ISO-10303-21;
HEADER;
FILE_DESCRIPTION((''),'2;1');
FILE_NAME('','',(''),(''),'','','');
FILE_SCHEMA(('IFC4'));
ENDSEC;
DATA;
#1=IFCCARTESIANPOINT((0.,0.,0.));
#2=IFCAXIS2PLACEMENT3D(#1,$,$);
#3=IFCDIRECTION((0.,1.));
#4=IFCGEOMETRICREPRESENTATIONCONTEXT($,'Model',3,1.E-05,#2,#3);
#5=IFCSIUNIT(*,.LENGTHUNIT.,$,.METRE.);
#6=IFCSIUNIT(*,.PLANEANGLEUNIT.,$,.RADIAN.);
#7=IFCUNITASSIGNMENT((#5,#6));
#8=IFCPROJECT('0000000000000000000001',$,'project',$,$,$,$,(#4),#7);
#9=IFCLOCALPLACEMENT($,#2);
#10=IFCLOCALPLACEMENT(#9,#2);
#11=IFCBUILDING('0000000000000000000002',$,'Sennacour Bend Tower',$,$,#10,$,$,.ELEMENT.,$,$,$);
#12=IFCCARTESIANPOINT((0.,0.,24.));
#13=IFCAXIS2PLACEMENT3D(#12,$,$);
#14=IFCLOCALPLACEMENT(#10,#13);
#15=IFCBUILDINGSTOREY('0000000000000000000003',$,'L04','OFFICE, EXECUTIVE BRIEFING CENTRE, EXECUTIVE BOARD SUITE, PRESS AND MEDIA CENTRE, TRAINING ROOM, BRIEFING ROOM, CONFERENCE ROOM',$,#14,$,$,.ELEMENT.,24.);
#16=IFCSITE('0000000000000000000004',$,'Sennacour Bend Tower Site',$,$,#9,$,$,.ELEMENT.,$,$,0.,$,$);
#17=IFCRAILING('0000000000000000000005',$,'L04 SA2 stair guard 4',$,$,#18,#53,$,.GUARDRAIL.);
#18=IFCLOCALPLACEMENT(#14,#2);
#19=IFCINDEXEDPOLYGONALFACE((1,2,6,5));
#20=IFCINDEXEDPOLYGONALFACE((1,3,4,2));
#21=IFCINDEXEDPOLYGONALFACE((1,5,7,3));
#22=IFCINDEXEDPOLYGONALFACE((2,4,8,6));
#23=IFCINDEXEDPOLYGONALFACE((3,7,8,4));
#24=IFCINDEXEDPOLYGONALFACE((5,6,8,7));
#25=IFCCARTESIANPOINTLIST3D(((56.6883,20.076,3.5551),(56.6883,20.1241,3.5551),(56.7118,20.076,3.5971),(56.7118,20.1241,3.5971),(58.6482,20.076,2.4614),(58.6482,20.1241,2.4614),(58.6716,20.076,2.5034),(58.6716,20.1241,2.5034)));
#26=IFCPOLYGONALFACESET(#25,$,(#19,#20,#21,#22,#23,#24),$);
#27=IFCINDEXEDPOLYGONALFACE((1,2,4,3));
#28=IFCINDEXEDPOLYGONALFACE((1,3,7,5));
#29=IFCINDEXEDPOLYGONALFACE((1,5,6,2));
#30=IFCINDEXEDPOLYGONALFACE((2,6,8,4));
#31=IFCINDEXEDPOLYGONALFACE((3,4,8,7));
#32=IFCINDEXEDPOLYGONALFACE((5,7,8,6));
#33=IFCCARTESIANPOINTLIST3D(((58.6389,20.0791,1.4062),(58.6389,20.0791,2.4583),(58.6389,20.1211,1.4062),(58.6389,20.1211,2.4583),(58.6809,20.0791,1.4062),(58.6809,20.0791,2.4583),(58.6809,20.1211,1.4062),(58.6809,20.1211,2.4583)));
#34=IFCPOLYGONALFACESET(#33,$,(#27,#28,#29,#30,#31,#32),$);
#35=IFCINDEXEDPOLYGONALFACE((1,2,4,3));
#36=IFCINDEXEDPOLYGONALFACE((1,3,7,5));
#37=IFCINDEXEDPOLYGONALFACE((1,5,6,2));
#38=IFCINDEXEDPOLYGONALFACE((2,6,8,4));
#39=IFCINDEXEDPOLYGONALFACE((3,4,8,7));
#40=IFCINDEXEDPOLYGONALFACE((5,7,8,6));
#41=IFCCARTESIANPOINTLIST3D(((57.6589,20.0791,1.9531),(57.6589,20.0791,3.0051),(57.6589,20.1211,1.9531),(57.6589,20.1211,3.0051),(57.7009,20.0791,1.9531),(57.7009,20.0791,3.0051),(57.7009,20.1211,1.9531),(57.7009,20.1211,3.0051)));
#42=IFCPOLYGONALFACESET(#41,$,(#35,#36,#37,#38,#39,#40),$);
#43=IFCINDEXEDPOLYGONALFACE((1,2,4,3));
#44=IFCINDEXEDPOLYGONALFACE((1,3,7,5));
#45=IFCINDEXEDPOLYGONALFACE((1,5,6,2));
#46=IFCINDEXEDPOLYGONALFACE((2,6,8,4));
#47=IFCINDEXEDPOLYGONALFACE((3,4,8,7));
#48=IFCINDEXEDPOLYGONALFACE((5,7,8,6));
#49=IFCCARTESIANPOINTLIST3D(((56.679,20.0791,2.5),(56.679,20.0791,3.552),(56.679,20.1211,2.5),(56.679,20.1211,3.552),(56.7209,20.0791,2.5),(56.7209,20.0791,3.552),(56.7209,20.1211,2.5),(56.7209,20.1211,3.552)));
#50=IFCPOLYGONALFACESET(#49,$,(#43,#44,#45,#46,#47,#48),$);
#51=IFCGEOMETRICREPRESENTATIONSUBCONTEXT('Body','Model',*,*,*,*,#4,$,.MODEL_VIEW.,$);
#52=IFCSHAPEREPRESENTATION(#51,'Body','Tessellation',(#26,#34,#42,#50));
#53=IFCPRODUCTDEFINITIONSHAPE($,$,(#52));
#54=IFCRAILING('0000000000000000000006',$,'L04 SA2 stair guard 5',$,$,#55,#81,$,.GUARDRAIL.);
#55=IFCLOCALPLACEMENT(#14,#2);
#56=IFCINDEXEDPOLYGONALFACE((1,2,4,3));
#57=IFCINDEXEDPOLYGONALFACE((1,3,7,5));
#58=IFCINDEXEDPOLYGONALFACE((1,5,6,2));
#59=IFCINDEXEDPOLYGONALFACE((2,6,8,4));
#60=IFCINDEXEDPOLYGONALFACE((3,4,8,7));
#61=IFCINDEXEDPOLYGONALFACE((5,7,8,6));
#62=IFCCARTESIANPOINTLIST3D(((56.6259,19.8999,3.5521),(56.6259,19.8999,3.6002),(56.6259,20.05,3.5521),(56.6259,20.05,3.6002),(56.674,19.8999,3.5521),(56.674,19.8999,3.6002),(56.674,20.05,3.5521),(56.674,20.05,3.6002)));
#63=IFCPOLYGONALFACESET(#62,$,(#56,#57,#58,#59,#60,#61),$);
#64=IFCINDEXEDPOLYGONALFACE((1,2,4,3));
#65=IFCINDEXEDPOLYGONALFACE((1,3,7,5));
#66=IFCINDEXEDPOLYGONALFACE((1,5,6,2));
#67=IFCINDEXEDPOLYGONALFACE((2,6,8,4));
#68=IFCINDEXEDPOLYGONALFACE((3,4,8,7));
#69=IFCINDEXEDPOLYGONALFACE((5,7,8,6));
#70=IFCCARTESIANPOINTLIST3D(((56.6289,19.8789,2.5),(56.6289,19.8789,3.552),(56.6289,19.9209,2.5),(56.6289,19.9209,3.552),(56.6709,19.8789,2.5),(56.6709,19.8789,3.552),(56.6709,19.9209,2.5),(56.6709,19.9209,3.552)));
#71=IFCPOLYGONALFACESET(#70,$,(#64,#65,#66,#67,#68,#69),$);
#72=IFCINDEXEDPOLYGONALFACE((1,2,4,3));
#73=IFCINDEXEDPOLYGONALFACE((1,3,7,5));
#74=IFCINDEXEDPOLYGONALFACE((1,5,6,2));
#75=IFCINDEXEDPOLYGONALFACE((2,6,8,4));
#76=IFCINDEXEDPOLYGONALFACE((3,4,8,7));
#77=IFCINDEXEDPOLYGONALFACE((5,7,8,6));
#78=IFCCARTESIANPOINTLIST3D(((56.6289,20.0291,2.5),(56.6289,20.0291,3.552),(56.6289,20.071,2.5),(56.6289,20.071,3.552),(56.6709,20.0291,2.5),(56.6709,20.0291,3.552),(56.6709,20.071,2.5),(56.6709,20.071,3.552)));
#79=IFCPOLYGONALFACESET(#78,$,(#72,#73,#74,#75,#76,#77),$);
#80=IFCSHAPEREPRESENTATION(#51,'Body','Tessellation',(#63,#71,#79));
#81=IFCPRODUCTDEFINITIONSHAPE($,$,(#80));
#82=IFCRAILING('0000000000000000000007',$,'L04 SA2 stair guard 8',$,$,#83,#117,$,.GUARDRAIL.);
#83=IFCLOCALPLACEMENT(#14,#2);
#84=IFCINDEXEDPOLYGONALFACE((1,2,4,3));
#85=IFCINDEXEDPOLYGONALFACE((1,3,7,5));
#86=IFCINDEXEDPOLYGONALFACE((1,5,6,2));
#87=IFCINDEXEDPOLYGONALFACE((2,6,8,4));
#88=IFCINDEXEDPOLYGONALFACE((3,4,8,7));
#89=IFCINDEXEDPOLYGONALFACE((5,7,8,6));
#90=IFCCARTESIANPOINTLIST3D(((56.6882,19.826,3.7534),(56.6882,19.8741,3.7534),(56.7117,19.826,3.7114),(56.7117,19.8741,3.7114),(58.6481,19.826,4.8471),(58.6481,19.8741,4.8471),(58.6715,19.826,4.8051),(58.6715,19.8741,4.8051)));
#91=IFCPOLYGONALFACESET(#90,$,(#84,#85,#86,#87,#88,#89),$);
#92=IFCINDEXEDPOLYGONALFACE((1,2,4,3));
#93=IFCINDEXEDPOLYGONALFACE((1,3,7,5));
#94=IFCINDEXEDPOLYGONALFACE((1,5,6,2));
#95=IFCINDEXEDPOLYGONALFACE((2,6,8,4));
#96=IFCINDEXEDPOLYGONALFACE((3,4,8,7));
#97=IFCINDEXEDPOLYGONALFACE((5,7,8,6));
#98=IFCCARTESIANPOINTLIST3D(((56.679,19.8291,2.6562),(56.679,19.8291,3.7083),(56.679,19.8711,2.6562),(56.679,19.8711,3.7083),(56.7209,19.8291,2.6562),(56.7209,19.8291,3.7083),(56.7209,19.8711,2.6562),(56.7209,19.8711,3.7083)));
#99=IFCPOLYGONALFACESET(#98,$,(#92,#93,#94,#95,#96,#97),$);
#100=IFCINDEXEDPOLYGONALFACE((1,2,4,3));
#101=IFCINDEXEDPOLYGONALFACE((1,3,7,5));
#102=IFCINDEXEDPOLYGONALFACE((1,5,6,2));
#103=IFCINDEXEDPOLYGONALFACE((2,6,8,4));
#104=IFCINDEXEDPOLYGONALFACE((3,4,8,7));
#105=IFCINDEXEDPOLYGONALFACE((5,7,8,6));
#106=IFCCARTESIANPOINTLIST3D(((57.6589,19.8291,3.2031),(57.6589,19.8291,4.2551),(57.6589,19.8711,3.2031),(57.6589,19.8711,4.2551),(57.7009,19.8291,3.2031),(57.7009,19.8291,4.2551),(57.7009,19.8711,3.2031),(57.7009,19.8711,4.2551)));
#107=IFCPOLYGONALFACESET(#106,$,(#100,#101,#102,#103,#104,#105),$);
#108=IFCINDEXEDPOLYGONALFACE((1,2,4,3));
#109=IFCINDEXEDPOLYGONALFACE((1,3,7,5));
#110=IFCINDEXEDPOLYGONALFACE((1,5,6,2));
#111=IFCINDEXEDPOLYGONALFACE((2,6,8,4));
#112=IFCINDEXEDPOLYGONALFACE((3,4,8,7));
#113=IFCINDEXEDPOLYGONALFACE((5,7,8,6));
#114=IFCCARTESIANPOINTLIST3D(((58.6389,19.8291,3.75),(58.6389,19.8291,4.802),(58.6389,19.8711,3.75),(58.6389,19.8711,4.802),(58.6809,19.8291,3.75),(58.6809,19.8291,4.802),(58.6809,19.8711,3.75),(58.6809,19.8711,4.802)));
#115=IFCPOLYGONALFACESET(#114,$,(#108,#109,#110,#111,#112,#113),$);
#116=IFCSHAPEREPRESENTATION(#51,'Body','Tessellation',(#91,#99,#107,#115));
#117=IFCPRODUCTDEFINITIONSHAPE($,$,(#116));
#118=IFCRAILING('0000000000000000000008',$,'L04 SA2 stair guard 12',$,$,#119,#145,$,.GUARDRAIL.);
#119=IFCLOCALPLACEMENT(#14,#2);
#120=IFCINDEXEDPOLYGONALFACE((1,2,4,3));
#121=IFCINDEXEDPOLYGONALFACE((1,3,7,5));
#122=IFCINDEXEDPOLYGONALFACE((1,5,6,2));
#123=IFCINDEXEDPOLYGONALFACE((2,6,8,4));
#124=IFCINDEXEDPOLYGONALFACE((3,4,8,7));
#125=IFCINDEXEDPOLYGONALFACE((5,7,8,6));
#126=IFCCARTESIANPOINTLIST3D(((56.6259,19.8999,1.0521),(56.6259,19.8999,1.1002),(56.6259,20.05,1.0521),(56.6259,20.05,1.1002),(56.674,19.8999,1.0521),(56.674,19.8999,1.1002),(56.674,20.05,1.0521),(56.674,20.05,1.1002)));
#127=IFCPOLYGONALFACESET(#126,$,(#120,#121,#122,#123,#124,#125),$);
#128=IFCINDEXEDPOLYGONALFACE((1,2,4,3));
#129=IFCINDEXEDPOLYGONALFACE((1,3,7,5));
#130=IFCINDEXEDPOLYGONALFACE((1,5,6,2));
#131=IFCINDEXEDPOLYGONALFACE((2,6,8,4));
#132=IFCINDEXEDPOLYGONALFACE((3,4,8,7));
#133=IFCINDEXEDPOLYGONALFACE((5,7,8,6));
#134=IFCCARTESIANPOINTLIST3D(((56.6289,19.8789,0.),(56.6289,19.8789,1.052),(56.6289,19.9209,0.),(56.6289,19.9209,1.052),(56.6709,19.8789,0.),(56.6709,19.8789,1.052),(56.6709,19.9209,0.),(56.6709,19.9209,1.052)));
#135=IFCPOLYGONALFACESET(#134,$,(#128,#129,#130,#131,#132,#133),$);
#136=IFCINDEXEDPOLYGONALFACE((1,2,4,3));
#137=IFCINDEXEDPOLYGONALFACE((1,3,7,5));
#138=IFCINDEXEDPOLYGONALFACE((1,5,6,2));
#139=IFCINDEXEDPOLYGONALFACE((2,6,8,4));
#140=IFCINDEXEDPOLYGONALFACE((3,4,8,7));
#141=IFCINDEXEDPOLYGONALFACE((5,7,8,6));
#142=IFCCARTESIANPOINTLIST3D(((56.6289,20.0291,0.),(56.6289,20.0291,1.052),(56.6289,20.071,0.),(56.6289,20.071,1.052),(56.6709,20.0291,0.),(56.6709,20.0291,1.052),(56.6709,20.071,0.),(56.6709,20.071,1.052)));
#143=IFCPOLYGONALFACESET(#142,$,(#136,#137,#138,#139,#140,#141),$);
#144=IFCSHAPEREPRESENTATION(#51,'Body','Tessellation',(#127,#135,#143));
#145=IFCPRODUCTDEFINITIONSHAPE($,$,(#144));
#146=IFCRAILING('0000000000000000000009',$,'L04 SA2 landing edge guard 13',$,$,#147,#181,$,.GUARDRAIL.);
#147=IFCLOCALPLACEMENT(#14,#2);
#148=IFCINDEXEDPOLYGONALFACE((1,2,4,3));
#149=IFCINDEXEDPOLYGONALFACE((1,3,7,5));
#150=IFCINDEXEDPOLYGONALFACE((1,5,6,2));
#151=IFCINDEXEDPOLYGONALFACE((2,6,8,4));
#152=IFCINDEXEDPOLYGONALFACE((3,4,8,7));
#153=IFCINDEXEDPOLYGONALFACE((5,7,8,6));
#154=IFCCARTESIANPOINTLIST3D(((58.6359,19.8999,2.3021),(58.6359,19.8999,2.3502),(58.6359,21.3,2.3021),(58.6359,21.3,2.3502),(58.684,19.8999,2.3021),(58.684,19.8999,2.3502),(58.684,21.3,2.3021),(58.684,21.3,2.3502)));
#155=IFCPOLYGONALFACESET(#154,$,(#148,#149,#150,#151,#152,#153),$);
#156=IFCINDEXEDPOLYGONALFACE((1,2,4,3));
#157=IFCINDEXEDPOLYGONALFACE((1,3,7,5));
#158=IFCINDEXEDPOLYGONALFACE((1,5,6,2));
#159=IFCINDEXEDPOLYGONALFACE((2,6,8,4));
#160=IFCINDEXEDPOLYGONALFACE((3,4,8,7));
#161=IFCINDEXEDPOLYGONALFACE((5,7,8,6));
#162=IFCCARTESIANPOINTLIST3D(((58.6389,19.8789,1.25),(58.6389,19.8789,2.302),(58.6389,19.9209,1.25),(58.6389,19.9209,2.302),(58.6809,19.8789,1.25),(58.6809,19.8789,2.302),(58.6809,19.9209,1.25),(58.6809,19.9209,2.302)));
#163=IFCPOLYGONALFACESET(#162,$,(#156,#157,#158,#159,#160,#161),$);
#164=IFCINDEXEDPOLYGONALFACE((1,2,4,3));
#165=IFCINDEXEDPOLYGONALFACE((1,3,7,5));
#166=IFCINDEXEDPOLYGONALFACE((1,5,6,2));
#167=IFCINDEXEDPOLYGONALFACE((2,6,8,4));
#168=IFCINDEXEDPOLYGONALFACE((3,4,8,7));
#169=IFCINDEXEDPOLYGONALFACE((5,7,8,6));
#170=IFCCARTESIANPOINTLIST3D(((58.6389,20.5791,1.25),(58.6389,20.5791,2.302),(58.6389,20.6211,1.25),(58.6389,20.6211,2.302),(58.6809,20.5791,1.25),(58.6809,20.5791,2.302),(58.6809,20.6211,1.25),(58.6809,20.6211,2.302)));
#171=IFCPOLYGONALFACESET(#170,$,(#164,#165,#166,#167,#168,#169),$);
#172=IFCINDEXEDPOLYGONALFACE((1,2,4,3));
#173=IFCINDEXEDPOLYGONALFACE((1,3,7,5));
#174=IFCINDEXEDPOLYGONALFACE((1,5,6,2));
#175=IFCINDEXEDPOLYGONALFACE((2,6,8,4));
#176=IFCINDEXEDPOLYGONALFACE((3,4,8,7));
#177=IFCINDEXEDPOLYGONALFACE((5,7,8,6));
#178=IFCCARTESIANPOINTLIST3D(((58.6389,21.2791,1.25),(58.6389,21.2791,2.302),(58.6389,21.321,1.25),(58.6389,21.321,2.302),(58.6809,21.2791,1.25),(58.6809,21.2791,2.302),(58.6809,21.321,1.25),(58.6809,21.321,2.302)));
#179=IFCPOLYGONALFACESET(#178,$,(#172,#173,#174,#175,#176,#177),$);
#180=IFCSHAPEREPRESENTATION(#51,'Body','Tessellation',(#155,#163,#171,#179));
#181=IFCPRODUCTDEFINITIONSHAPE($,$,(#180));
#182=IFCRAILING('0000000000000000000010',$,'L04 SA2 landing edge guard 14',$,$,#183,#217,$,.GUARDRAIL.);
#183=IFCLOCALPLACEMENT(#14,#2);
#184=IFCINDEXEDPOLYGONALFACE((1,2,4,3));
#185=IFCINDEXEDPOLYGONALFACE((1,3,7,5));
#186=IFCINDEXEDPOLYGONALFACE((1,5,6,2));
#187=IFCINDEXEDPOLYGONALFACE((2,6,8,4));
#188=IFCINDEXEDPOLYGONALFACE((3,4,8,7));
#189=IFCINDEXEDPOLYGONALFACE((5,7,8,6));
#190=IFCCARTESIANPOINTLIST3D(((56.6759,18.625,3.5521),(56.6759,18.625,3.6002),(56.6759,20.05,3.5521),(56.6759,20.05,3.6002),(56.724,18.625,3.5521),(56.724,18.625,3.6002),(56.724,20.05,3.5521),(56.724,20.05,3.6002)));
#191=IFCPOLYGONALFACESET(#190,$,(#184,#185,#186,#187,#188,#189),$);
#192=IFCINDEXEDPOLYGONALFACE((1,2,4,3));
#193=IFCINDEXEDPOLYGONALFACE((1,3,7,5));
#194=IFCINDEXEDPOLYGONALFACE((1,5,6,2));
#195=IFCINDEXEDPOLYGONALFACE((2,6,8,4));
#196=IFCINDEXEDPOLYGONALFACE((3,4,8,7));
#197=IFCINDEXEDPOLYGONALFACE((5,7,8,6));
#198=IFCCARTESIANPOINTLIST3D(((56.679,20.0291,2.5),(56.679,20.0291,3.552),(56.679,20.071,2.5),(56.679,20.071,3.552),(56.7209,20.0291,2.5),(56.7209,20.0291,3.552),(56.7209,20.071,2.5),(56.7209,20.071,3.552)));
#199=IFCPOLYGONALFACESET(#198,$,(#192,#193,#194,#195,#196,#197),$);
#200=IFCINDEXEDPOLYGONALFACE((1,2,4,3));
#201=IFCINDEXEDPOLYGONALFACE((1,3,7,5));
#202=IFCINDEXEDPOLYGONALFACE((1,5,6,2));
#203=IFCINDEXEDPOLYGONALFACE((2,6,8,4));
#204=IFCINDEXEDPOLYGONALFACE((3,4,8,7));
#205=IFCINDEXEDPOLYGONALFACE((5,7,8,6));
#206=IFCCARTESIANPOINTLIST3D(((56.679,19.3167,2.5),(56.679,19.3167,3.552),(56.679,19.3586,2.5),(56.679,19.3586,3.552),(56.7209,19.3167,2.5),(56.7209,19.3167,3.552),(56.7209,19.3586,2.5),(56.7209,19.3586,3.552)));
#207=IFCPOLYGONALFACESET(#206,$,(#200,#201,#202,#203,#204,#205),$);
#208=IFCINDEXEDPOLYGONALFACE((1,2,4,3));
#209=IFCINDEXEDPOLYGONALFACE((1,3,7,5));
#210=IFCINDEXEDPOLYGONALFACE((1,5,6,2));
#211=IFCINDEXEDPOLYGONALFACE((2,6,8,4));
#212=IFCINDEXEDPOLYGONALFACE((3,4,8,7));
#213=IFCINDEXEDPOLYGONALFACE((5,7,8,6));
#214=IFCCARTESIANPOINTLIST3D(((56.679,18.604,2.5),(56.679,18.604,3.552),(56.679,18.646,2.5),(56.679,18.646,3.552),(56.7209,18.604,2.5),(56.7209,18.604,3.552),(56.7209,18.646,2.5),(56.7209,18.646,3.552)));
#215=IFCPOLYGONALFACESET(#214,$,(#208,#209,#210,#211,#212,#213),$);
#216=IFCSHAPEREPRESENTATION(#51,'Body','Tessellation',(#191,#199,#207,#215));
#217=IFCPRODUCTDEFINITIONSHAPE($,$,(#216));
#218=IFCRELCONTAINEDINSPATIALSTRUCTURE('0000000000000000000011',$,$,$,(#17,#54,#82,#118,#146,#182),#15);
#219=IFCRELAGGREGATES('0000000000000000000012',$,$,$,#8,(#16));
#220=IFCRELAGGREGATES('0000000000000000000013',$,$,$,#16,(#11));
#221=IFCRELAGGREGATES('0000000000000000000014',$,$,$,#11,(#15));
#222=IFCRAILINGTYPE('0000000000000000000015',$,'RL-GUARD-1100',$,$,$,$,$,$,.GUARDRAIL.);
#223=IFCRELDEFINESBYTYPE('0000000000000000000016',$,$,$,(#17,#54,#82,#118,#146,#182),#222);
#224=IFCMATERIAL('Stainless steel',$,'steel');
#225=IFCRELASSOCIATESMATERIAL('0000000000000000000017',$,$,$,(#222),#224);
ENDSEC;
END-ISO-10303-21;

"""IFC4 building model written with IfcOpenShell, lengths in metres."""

from ifc_helpers import new_model, si_unit, direction, frame, origin, origin_2d, place, context, subcontext, project, spatial, rectangle, extrude, material, type_object, element, save


model = new_model("IFC4")

# Units and contexts
model_context = context("Model", 3, precision=1e-05, world=origin(), true_north=direction((0.0, 1.0)))
body_context = subcontext(model_context, "Body", "Model", "MODEL_VIEW")
ifc_project = project(units=[si_unit("LENGTHUNIT", "METRE"), si_unit("PLANEANGLEUNIT", "RADIAN")], contexts=[model_context])

# Site, building, storey
site_placement = place(None, origin())
site = spatial("IfcSite", under=ifc_project, at=site_placement, Name="Sennacour Bend Tower Site", CompositionType="ELEMENT", RefElevation=0.0)
building_placement = place(site_placement, origin())
building = spatial("IfcBuilding", under=site, at=building_placement, Name="Sennacour Bend Tower", CompositionType="ELEMENT")
storey_placement = place(building_placement, frame((0.0, 0.0, 24.0)))
storey = spatial("IfcBuildingStorey", under=building, at=storey_placement, Name="L04", Description="OFFICE, EXECUTIVE BRIEFING CENTRE, EXECUTIVE BOARD SUITE, PRESS AND MEDIA CENTRE, TRAINING ROOM, BRIEFING ROOM, CONFERENCE ROOM", CompositionType="ELEMENT", Elevation=24.0)

# Shared definitions
ifc_material_1 = material(Name="Stainless steel", Category="steel")

# Railings
railing_type_1 = type_object("IfcRailingType", Name="RL-GUARD-1100", PredefinedType="GUARDRAIL", material=ifc_material_1)
railing_1_placement = place(storey_placement, frame((58.6599, 20.1001, 1.4062)))
element("IfcRailing", 1, at=railing_1_placement, inside=storey, type_object=railing_type_1, Name="L04 SA2 stair guard 4", PredefinedType="GUARDRAIL", context=body_context, shape_type="SweptSolid", body=[
    extrude(rectangle(XDim=0.0481, YDim=0.0481, at=origin_2d()), frame((0.0, 0.0, 1.0762), z_axis=(-0.873232, 0.0, 0.487304), x_axis=(0.0, -1.0, 0.0)), (0.0, 0.0, 1.0), 2.2444),
    extrude(rectangle(XDim=0.042, YDim=0.042, at=origin_2d()), origin(), (0.0, 0.0, 1.0), 1.052),
    extrude(rectangle(XDim=0.042, YDim=0.042, at=origin_2d()), frame((-0.98, 0.0, 0.5469)), (0.0, 0.0, 1.0), 1.052),
    extrude(rectangle(XDim=0.042, YDim=0.042, at=origin_2d()), frame((-1.96, 0.0, 1.0938)), (0.0, 0.0, 1.0), 1.052),
])
railing_2_placement = place(storey_placement, frame((56.6499, 19.8999, 2.5)))
element("IfcRailing", 2, at=railing_2_placement, inside=storey, type_object=railing_type_1, Name="L04 SA2 stair guard 5", PredefinedType="GUARDRAIL", context=body_context, shape_type="SweptSolid", body=[
    extrude(rectangle(XDim=0.0481, YDim=0.0481, at=origin_2d()), frame((0.0, 0.0, 1.0762), z_axis=(0.0, 1.0, 0.0), x_axis=(-1.0, 0.0, 0.0)), (0.0, 0.0, 1.0), 0.1501),
    extrude(rectangle(XDim=0.042, YDim=0.042, at=origin_2d()), origin(), (0.0, 0.0, 1.0), 1.052),
    extrude(rectangle(XDim=0.042, YDim=0.042, at=origin_2d()), frame((0.0, 0.1501, 0.0)), (0.0, 0.0, 1.0), 1.052),
])
railing_3_placement = place(storey_placement, frame((56.7, 19.8501, 2.6562)))
element("IfcRailing", 3, at=railing_3_placement, inside=storey, type_object=railing_type_1, Name="L04 SA2 stair guard 8", PredefinedType="GUARDRAIL", context=body_context, shape_type="SweptSolid", body=[
    extrude(rectangle(XDim=0.0481, YDim=0.0481, at=origin_2d()), frame((0.0, 0.0, 1.0762), z_axis=(0.873232, 0.0, 0.487304), x_axis=(0.0, 1.0, 0.0)), (0.0, 0.0, 1.0), 2.2444),
    extrude(rectangle(XDim=0.042, YDim=0.042, at=origin_2d()), origin(), (0.0, 0.0, 1.0), 1.052),
    extrude(rectangle(XDim=0.042, YDim=0.042, at=origin_2d()), frame((0.98, 0.0, 0.5469)), (0.0, 0.0, 1.0), 1.052),
    extrude(rectangle(XDim=0.042, YDim=0.042, at=origin_2d()), frame((1.96, 0.0, 1.0938)), (0.0, 0.0, 1.0), 1.052),
])
railing_4_placement = place(storey_placement, frame((56.6499, 19.8999, 0.0)))
element("IfcRailing", 4, at=railing_4_placement, inside=storey, type_object=railing_type_1, Name="L04 SA2 stair guard 12", PredefinedType="GUARDRAIL", context=body_context, shape_type="SweptSolid", body=[
    extrude(rectangle(XDim=0.0481, YDim=0.0481, at=origin_2d()), frame((0.0, 0.0, 1.0762), z_axis=(0.0, 1.0, 0.0), x_axis=(-1.0, 0.0, 0.0)), (0.0, 0.0, 1.0), 0.1501),
    extrude(rectangle(XDim=0.042, YDim=0.042, at=origin_2d()), origin(), (0.0, 0.0, 1.0), 1.052),
    extrude(rectangle(XDim=0.042, YDim=0.042, at=origin_2d()), frame((0.0, 0.1501, 0.0)), (0.0, 0.0, 1.0), 1.052),
])
railing_5_placement = place(storey_placement, frame((58.6599, 19.8999, 1.25)))
element("IfcRailing", 5, at=railing_5_placement, inside=storey, type_object=railing_type_1, Name="L04 SA2 landing edge guard 13", PredefinedType="GUARDRAIL", context=body_context, shape_type="SweptSolid", body=[
    extrude(rectangle(XDim=0.0481, YDim=0.0481, at=origin_2d()), frame((0.0, 0.0, 1.0762), z_axis=(0.0, 1.0, 0.0), x_axis=(-1.0, 0.0, 0.0)), (0.0, 0.0, 1.0), 1.4001),
    extrude(rectangle(XDim=0.042, YDim=0.042, at=origin_2d()), origin(), (0.0, 0.0, 1.0), 1.052),
    extrude(rectangle(XDim=0.042, YDim=0.042, at=origin_2d()), frame((0.0, 0.7002, 0.0)), (0.0, 0.0, 1.0), 1.052),
    extrude(rectangle(XDim=0.042, YDim=0.042, at=origin_2d()), frame((0.0, 1.4001, 0.0)), (0.0, 0.0, 1.0), 1.052),
])
railing_6_placement = place(storey_placement, frame((56.7, 20.05, 2.5)))
element("IfcRailing", 6, at=railing_6_placement, inside=storey, type_object=railing_type_1, Name="L04 SA2 landing edge guard 14", PredefinedType="GUARDRAIL", context=body_context, shape_type="SweptSolid", body=[
    extrude(rectangle(XDim=0.0481, YDim=0.0481, at=origin_2d()), frame((0.0, 0.0, 1.0762), z_axis=(0.0, -1.0, 0.0), x_axis=(1.0, 0.0, 0.0)), (0.0, 0.0, 1.0), 1.425),
    extrude(rectangle(XDim=0.042, YDim=0.042, at=origin_2d()), origin(), (0.0, 0.0, 1.0), 1.052),
    extrude(rectangle(XDim=0.042, YDim=0.042, at=origin_2d()), frame((0.0, -0.7124, 0.0)), (0.0, 0.0, 1.0), 1.052),
    extrude(rectangle(XDim=0.042, YDim=0.042, at=origin_2d()), frame((0.0, -1.425, 0.0)), (0.0, 0.0, 1.0), 1.052),
])

save(model, "model.ifc")
